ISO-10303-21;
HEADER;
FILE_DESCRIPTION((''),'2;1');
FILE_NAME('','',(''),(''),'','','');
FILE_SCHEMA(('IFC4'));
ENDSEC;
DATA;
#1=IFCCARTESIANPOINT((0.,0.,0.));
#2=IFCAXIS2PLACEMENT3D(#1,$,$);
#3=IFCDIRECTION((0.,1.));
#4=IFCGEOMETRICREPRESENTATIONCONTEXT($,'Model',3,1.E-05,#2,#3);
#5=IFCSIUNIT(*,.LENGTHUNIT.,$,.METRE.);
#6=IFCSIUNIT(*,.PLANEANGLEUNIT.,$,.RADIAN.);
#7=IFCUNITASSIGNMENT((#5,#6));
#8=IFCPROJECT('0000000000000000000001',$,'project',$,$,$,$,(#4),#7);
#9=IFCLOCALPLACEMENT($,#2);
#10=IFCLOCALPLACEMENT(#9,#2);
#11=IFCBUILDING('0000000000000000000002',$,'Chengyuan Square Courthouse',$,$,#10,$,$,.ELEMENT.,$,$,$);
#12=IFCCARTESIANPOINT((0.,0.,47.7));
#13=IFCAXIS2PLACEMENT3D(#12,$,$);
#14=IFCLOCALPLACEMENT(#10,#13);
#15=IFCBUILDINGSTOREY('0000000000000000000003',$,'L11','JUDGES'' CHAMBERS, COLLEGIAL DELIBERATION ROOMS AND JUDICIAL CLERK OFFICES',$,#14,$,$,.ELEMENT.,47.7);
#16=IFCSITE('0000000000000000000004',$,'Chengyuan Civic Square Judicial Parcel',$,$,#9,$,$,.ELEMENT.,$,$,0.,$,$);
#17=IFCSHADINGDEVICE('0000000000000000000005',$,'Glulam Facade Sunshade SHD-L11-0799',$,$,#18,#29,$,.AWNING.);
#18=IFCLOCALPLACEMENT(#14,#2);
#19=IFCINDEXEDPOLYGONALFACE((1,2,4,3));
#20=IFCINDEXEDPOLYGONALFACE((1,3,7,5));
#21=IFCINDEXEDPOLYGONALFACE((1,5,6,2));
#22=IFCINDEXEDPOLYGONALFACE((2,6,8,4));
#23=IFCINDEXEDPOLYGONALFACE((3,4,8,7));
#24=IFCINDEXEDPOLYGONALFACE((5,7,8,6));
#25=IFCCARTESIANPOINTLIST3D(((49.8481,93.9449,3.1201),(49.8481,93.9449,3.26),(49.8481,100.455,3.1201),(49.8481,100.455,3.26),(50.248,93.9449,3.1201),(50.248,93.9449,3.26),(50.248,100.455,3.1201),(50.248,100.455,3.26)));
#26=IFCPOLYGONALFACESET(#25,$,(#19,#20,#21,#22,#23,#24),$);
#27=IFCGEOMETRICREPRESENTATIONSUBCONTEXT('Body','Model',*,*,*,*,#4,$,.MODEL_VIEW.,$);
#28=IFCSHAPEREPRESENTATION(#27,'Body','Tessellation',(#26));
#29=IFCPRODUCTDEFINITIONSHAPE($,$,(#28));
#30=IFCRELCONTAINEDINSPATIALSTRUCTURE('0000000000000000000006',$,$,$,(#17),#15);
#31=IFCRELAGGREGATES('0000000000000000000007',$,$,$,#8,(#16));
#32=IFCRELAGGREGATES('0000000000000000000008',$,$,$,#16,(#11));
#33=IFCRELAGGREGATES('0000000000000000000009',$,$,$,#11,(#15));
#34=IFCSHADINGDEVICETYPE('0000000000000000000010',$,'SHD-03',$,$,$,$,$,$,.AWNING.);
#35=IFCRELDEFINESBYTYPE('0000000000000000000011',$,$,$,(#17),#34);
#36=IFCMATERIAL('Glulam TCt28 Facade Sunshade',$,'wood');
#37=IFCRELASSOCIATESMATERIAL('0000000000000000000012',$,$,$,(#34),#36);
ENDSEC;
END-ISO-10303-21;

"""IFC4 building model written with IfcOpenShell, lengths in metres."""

from ifc_helpers import new_model, si_unit, direction, frame, origin, origin_2d, place, context, subcontext, project, spatial, rectangle, extrude, material, type_object, element, save


model = new_model("IFC4")

# Units and contexts
model_context = context("Model", 3, precision=1e-05, world=origin(), true_north=direction((0.0, 1.0)))
body_context = subcontext(model_context, "Body", "Model", "MODEL_VIEW")
ifc_project = project(units=[si_unit("LENGTHUNIT", "METRE"), si_unit("PLANEANGLEUNIT", "RADIAN")], contexts=[model_context])

# Site, building, storey
site_placement = place(None, origin())
site = spatial("IfcSite", under=ifc_project, at=site_placement, Name="Chengyuan Civic Square Judicial Parcel", CompositionType="ELEMENT", RefElevation=0.0)
building_placement = place(site_placement, origin())
building = spatial("IfcBuilding", under=site, at=building_placement, Name="Chengyuan Square Courthouse", CompositionType="ELEMENT")
storey_placement = place(building_placement, frame((0.0, 0.0, 47.7)))
storey = spatial("IfcBuildingStorey", under=building, at=storey_placement, Name="L11", Description="JUDGES' CHAMBERS, COLLEGIAL DELIBERATION ROOMS AND JUDICIAL CLERK OFFICES", CompositionType="ELEMENT", Elevation=47.7)

# Shading device
ifc_material_1 = material(Name="Glulam TCt28 Facade Sunshade", Category="wood")
shading_device_type_1 = type_object("IfcShadingDeviceType", Name="SHD-03", PredefinedType="AWNING", material=ifc_material_1)
shading_device_1_placement = place(storey_placement, frame((50.0481, 97.2, 3.1201), z_axis=(0.0, 0.0, 1.0), x_axis=(0.0, 1.0, 0.0)))
element("IfcShadingDevice", 1, at=shading_device_1_placement, inside=storey, type_object=shading_device_type_1, Name="Glulam Facade Sunshade SHD-L11-0799", PredefinedType="AWNING", context=body_context, shape_type="SweptSolid", body=[
    extrude(rectangle(XDim=6.51, YDim=0.3999, at=origin_2d()), origin(), (0.0, 0.0, 1.0), 0.1399),
])

save(model, "model.ifc")
